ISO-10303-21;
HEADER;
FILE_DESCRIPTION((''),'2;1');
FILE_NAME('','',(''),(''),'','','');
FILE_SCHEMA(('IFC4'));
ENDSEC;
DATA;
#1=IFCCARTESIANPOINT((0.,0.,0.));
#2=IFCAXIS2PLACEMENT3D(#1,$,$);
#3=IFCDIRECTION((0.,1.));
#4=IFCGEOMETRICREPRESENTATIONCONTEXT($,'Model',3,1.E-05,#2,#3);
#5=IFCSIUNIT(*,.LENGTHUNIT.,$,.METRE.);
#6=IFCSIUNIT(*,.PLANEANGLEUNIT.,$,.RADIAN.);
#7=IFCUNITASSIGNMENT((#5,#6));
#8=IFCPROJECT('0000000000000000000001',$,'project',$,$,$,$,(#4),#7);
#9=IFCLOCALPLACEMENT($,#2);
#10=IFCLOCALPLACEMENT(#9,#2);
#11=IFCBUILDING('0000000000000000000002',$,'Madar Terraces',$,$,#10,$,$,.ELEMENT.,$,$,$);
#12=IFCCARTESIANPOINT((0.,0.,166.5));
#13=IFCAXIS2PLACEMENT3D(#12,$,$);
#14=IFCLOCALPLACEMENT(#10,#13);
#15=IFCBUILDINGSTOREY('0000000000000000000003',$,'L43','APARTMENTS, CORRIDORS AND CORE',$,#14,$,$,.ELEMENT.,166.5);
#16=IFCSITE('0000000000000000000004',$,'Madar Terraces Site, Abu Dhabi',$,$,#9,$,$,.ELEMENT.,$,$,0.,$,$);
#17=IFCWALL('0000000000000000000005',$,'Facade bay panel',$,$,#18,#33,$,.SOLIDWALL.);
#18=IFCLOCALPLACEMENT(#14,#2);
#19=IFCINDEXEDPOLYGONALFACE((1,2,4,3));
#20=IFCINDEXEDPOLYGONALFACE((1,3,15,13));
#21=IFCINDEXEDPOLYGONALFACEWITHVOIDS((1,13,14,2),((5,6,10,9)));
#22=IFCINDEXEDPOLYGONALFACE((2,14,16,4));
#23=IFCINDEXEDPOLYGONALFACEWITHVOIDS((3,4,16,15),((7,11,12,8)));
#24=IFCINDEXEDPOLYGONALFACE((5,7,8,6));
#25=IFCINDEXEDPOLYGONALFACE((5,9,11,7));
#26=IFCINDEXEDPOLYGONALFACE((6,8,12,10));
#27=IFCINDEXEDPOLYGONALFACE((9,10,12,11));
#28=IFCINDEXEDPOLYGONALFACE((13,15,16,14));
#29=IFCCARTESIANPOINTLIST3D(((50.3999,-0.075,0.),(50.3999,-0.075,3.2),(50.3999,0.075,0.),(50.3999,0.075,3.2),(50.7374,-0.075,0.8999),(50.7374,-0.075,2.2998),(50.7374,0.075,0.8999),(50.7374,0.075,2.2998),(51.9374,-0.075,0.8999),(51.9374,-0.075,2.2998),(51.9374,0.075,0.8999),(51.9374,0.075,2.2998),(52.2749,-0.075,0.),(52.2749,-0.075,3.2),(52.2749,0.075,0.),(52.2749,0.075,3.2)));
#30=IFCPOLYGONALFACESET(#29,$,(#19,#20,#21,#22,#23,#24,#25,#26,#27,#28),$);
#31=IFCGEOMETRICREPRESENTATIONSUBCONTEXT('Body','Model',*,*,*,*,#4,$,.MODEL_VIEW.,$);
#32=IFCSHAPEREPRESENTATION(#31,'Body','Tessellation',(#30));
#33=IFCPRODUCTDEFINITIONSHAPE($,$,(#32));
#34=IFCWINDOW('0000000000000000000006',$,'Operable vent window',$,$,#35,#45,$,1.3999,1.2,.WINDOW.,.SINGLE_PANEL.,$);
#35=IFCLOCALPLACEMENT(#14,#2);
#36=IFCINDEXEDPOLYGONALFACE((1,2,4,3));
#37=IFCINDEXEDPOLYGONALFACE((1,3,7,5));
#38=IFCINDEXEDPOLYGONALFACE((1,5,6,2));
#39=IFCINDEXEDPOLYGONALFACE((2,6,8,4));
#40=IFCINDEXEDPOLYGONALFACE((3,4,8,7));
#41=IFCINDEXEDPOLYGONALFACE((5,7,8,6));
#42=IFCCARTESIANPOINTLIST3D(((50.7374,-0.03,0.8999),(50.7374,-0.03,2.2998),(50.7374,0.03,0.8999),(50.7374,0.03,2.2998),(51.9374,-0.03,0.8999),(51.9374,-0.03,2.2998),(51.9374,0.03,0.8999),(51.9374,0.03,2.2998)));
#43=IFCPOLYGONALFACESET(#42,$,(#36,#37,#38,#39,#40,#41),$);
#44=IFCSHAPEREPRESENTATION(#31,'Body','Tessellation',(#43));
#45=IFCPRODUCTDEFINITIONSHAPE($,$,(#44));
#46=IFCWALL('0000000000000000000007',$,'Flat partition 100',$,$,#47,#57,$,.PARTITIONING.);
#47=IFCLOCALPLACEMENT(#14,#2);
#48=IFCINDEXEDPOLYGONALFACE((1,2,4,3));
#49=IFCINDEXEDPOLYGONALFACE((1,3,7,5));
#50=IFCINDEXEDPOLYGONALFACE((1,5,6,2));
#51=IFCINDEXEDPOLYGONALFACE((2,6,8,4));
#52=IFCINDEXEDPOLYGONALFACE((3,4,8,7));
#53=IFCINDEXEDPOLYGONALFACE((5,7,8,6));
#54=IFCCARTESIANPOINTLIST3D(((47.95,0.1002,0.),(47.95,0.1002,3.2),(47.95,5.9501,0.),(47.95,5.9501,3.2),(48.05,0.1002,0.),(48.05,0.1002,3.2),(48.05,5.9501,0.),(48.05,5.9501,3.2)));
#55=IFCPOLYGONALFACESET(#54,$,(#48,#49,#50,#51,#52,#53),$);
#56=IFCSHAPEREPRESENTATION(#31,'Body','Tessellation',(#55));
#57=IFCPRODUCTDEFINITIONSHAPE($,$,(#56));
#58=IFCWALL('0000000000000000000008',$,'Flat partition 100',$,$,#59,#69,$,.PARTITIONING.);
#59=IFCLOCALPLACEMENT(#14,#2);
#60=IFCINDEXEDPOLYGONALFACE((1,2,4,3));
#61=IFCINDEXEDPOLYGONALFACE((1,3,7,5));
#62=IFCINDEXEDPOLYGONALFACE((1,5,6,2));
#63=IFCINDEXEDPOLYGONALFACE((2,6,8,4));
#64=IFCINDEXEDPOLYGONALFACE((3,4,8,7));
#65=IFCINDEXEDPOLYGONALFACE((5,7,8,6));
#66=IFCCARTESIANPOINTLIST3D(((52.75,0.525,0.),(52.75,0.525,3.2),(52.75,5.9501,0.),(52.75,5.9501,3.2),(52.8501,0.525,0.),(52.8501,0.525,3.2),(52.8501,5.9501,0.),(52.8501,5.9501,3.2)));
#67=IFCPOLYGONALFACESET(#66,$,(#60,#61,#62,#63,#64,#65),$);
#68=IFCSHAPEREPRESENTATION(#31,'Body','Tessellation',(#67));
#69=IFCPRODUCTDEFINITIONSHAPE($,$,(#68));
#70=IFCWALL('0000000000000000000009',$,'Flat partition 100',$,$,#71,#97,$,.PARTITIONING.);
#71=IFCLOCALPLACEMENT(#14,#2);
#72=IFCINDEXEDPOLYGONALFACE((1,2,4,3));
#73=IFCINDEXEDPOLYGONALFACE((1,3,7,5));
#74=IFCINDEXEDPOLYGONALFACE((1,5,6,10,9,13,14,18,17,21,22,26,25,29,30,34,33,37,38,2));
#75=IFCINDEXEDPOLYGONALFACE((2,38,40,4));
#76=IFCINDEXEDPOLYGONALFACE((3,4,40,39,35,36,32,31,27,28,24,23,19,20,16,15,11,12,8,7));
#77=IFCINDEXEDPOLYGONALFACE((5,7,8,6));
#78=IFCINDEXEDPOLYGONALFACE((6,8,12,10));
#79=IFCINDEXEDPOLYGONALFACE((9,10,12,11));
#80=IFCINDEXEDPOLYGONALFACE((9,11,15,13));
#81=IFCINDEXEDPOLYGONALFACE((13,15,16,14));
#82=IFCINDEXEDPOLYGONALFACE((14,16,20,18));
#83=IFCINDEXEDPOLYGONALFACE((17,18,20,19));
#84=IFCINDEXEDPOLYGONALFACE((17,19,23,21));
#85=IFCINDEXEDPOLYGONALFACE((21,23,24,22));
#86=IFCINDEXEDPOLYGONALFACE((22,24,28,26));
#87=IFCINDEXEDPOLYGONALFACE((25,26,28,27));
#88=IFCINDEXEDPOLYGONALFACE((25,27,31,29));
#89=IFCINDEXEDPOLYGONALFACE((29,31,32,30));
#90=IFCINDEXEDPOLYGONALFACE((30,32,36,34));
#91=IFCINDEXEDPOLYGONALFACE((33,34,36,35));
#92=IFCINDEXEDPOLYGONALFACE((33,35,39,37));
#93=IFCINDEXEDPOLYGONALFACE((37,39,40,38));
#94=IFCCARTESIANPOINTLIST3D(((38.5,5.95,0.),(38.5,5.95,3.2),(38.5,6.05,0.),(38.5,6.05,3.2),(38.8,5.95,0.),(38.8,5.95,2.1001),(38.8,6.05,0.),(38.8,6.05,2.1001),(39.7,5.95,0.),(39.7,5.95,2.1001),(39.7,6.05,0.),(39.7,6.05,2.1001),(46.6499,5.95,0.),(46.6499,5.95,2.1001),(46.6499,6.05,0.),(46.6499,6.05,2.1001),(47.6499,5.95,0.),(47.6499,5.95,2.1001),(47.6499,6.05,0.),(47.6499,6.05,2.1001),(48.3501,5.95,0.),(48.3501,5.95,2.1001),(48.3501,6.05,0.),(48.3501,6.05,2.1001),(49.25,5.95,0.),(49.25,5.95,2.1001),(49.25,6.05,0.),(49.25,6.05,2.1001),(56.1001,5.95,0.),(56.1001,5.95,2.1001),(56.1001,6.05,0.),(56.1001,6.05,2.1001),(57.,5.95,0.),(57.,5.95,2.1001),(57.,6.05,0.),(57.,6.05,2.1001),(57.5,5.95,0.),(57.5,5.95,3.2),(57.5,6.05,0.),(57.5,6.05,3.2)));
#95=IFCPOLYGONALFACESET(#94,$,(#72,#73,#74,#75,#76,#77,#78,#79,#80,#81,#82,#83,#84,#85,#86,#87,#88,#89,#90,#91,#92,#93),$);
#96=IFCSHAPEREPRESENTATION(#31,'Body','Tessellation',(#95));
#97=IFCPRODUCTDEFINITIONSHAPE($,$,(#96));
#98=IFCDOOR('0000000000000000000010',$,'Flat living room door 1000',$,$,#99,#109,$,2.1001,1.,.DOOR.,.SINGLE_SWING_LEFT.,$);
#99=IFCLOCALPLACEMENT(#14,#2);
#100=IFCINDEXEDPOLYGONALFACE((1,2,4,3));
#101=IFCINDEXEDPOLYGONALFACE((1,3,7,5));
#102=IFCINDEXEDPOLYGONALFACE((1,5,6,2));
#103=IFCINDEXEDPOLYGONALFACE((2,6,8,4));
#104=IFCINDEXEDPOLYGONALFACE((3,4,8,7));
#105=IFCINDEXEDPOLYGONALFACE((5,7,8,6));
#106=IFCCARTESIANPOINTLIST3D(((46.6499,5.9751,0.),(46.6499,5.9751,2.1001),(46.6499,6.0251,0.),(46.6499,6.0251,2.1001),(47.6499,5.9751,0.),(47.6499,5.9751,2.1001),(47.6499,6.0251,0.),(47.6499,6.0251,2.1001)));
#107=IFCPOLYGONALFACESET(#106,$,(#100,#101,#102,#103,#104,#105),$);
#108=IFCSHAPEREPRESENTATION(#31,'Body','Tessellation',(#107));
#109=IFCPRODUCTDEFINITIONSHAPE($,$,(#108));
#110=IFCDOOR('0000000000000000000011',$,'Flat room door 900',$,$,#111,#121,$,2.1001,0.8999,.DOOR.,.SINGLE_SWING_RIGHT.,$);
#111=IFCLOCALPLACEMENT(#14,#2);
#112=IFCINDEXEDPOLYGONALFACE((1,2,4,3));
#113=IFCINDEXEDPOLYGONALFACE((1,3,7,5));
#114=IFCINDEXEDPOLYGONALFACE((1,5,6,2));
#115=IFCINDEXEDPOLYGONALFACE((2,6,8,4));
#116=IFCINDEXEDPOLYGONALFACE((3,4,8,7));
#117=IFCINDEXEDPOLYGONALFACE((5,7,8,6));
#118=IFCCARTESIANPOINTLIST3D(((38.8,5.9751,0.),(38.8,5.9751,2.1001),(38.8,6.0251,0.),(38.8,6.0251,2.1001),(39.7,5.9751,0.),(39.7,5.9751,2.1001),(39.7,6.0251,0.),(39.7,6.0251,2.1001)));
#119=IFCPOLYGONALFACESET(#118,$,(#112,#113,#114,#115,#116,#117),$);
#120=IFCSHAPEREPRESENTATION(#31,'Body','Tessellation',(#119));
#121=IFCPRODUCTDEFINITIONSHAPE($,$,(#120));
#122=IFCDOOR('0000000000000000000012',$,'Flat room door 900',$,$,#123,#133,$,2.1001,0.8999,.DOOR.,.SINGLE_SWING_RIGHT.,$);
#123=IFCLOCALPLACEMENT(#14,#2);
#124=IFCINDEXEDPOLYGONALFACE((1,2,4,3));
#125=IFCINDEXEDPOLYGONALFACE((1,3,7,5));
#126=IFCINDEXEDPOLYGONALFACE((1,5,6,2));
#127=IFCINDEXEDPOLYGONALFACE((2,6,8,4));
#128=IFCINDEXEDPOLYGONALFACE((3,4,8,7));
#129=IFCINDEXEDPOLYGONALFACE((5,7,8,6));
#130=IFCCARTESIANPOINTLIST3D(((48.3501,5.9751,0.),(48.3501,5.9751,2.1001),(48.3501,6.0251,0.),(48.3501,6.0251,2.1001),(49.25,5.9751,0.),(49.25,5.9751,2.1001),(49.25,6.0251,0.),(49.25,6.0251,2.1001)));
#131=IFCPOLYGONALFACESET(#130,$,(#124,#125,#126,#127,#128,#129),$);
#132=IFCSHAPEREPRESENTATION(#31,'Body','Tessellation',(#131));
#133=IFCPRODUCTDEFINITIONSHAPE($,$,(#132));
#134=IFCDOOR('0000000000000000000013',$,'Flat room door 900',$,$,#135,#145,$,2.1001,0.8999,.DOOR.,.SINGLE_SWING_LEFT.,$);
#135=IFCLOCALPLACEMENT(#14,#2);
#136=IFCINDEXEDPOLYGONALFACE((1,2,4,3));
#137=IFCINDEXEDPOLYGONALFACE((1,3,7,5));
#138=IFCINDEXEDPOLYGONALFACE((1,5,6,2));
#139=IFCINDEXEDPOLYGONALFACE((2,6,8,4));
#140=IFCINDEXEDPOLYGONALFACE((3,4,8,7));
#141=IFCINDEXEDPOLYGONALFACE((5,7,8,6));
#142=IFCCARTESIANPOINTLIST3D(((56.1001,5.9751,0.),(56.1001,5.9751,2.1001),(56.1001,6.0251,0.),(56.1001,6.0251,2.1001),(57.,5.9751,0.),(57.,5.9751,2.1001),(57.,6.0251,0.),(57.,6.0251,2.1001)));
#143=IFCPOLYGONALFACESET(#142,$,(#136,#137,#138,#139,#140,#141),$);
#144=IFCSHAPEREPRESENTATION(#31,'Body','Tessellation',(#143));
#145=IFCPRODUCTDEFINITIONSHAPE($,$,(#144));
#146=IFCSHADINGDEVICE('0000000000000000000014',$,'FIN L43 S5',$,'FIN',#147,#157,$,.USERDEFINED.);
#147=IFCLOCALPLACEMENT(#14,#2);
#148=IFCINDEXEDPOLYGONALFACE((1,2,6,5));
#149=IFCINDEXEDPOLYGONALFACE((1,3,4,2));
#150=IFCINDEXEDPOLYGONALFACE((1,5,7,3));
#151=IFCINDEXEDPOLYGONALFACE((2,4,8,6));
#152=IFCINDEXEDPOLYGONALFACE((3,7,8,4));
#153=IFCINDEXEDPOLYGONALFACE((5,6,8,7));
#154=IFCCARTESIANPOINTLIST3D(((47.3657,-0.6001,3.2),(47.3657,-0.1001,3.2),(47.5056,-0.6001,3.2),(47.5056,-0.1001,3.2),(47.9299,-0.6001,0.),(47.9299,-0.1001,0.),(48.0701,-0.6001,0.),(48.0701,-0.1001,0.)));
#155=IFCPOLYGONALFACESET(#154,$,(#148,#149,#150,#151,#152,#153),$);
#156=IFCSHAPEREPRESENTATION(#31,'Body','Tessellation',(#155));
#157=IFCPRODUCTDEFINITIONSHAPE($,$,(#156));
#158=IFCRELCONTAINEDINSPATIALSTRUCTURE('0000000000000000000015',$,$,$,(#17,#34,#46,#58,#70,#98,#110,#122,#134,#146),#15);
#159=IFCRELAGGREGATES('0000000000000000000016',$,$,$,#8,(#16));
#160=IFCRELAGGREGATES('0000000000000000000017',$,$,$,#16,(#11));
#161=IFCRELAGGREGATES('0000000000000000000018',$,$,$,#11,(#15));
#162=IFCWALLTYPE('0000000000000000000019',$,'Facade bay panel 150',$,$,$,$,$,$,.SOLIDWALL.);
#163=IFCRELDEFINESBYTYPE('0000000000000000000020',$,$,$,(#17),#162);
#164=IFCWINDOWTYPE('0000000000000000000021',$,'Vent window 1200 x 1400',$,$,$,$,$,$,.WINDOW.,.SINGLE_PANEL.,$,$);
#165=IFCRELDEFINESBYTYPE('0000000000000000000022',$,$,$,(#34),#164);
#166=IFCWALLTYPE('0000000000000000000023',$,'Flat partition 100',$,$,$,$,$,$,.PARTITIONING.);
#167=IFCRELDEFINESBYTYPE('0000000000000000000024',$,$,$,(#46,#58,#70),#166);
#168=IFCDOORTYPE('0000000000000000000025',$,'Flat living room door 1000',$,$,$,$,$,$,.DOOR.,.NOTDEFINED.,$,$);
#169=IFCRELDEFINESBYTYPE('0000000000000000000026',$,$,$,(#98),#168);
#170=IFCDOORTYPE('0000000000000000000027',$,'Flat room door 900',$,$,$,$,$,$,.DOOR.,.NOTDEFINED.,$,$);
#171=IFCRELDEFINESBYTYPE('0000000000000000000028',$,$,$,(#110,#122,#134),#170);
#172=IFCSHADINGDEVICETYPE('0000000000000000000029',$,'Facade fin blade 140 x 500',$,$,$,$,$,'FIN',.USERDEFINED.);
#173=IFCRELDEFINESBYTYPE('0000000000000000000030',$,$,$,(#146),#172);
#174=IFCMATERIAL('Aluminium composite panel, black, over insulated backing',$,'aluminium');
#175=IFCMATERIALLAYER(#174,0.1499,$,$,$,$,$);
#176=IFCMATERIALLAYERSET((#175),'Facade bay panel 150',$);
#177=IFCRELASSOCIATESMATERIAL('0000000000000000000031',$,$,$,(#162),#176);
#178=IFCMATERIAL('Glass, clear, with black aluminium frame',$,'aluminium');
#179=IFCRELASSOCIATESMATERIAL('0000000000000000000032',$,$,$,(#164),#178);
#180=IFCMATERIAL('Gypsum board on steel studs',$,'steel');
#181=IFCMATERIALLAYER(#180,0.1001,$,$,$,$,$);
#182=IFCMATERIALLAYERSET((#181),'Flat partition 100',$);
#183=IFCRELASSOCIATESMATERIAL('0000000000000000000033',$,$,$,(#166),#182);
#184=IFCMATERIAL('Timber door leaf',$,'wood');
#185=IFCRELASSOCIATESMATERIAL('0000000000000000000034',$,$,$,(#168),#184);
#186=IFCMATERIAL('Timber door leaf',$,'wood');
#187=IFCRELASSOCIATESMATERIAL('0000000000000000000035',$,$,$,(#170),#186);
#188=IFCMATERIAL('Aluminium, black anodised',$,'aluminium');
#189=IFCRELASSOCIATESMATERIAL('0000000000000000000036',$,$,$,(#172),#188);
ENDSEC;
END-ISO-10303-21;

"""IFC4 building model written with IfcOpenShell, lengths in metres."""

from ifc_helpers import new_model, si_unit, direction, frame, frame_2d, origin, place, context, subcontext, project, spatial, polyline, rectangle, outline, extrude, material, layer, layer_set, type_object, element, fill, save


model = new_model("IFC4")

# Units and contexts
model_context = context("Model", 3, precision=1e-05, world=origin(), true_north=direction((0.0, 1.0)))
body_context = subcontext(model_context, "Body", "Model", "MODEL_VIEW")
ifc_project = project(units=[si_unit("LENGTHUNIT", "METRE"), si_unit("PLANEANGLEUNIT", "RADIAN")], contexts=[model_context])

# Site, building, storey
site_placement = place(None, origin())
site = spatial("IfcSite", under=ifc_project, at=site_placement, Name="Madar Terraces Site, Abu Dhabi", CompositionType="ELEMENT", RefElevation=0.0)
building_placement = place(site_placement, origin())
building = spatial("IfcBuilding", under=site, at=building_placement, Name="Madar Terraces", CompositionType="ELEMENT")
storey_placement = place(building_placement, frame((0.0, 0.0, 166.5)))
storey = spatial("IfcBuildingStorey", under=building, at=storey_placement, Name="L43", Description="APARTMENTS, CORRIDORS AND CORE", CompositionType="ELEMENT", Elevation=166.5)

# Wall, opening, window
ifc_material_1 = material(Name="Aluminium composite panel, black, over insulated backing", Category="aluminium")
ifc_layer_1 = layer(ifc_material_1, 0.1499)
ifc_layer_set_1 = layer_set([ifc_layer_1], Name="Facade bay panel 150")
wall_type_1 = type_object("IfcWallType", Name="Facade bay panel 150", PredefinedType="SOLIDWALL", material=ifc_layer_set_1)
wall_1_placement = place(storey_placement, frame((50.3999, 0.0, 0.0), z_axis=(0.0, 0.0, 1.0), x_axis=(1.0, 0.0, 0.0)))
wall_1 = element("IfcWall", 1, at=wall_1_placement, inside=storey, type_object=wall_type_1, Name="Facade bay panel", PredefinedType="SOLIDWALL", context=body_context, shape_type="SweptSolid", body=[
    extrude(rectangle(XDim=1.875, YDim=0.1499, at=frame_2d((0.9375, 0.0))), origin(), (0.0, 0.0, 1.0), 3.2),
])
opening_1_placement = place(wall_1_placement, frame((0.3374, 0.0, 0.8999)))
opening_1 = element("IfcOpeningElement", 2, at=opening_1_placement, cuts=wall_1, PredefinedType="OPENING", context=body_context, shape_type="SweptSolid", body=[
    extrude(rectangle(XDim=1.2, YDim=1.3999, at=frame_2d((0.6001, 0.7))), frame((0.0, 0.085, 0.0), z_axis=(0.0, -1.0, 0.0), x_axis=(1.0, 0.0, 0.0)), (0.0, 0.0, 1.0), 0.1699),
])
ifc_material_2 = material(Name="Glass, clear, with black aluminium frame", Category="aluminium")
window_type = type_object("IfcWindowType", Name="Vent window 1200 x 1400", PartitioningType="SINGLE_PANEL", PredefinedType="WINDOW", material=ifc_material_2)
window_placement = place(opening_1_placement, origin())
window = element("IfcWindow", 3, at=window_placement, inside=storey, type_object=window_type, Name="Operable vent window", OverallHeight=1.3999, OverallWidth=1.2, PartitioningType="SINGLE_PANEL", PredefinedType="WINDOW", context=body_context, shape_type="SweptSolid", body=[
    extrude(rectangle(XDim=1.2, YDim=1.3999, at=frame_2d((0.6001, 0.7))), frame((0.0, 0.03, 0.0), z_axis=(0.0, -1.0, 0.0), x_axis=(1.0, 0.0, 0.0)), (0.0, 0.0, 1.0), 0.0601),
])
fill(opening_1, window)

# Walls
ifc_material_3 = material(Name="Gypsum board on steel studs", Category="steel")
ifc_layer_2 = layer(ifc_material_3, 0.1001)
ifc_layer_set_2 = layer_set([ifc_layer_2], Name="Flat partition 100")
wall_type_2 = type_object("IfcWallType", Name="Flat partition 100", PredefinedType="PARTITIONING", material=ifc_layer_set_2)
wall_2_placement = place(storey_placement, frame((48.0, 5.95, 0.0), z_axis=(0.0, 0.0, 1.0), x_axis=(0.0, -1.0, 0.0)))
element("IfcWall", 4, at=wall_2_placement, inside=storey, type_object=wall_type_2, Name="Flat partition 100", PredefinedType="PARTITIONING", context=body_context, shape_type="SweptSolid", body=[
    extrude(rectangle(XDim=5.8499, YDim=0.1001, at=frame_2d((2.9248, 0.0))), origin(), (0.0, 0.0, 1.0), 3.2),
])
wall_3_placement = place(storey_placement, frame((52.8, 5.95, 0.0), z_axis=(0.0, 0.0, 1.0), x_axis=(0.0, -1.0, 0.0)))
element("IfcWall", 5, at=wall_3_placement, inside=storey, type_object=wall_type_2, Name="Flat partition 100", PredefinedType="PARTITIONING", context=body_context, shape_type="SweptSolid", body=[
    extrude(rectangle(XDim=5.425, YDim=0.1001, at=frame_2d((2.7124, 0.0))), origin(), (0.0, 0.0, 1.0), 3.2),
])

# Wall, openings, doors
wall_4_placement = place(storey_placement, frame((57.5, 6.0, 0.0), z_axis=(0.0, 0.0, 1.0), x_axis=(-1.0, 0.0, 0.0)))
wall_4 = element("IfcWall", 6, at=wall_4_placement, inside=storey, type_object=wall_type_2, Name="Flat partition 100", PredefinedType="PARTITIONING", context=body_context, shape_type="SweptSolid", body=[
    extrude(rectangle(XDim=19.0, YDim=0.1001, at=frame_2d((9.5, 0.0))), origin(), (0.0, 0.0, 1.0), 3.2),
])
opening_2_placement = place(wall_4_placement, frame((17.8, 0.0, 0.0)))
opening_2 = element("IfcOpeningElement", 7, at=opening_2_placement, cuts=wall_4, PredefinedType="OPENING", context=body_context, shape_type="SweptSolid", body=[
    extrude(rectangle(XDim=0.8999, YDim=2.1001, at=frame_2d((0.45, 1.05))), frame((0.0, 0.0601, 0.0), z_axis=(0.0, -1.0, 0.0), x_axis=(1.0, 0.0, 0.0)), (0.0, 0.0, 1.0), 0.1201),
])
opening_3_placement = place(wall_4_placement, frame((9.8501, 0.0, 0.0)))
opening_3 = element("IfcOpeningElement", 8, at=opening_3_placement, cuts=wall_4, PredefinedType="OPENING", context=body_context, shape_type="SweptSolid", body=[
    extrude(rectangle(XDim=1.0, YDim=2.1001, at=frame_2d((0.5, 1.05))), frame((0.0, 0.0601, 0.0), z_axis=(0.0, -1.0, 0.0), x_axis=(1.0, 0.0, 0.0)), (0.0, 0.0, 1.0), 0.1201),
])
opening_4_placement = place(wall_4_placement, frame((8.25, 0.0, 0.0)))
opening_4 = element("IfcOpeningElement", 9, at=opening_4_placement, cuts=wall_4, PredefinedType="OPENING", context=body_context, shape_type="SweptSolid", body=[
    extrude(rectangle(XDim=0.8999, YDim=2.1001, at=frame_2d((0.45, 1.05))), frame((0.0, 0.0601, 0.0), z_axis=(0.0, -1.0, 0.0), x_axis=(1.0, 0.0, 0.0)), (0.0, 0.0, 1.0), 0.1201),
])
opening_5_placement = place(wall_4_placement, frame((0.5, 0.0, 0.0)))
opening_5 = element("IfcOpeningElement", 10, at=opening_5_placement, cuts=wall_4, PredefinedType="OPENING", context=body_context, shape_type="SweptSolid", body=[
    extrude(rectangle(XDim=0.8999, YDim=2.1001, at=frame_2d((0.45, 1.05))), frame((0.0, 0.0601, 0.0), z_axis=(0.0, -1.0, 0.0), x_axis=(1.0, 0.0, 0.0)), (0.0, 0.0, 1.0), 0.1201),
])
ifc_material_4 = material(Name="Timber door leaf", Category="wood")
door_type_1 = type_object("IfcDoorType", Name="Flat living room door 1000", OperationType="NOTDEFINED", PredefinedType="DOOR", material=ifc_material_4)
door_1_placement = place(opening_3_placement, origin())
door_1 = element("IfcDoor", 11, at=door_1_placement, inside=storey, type_object=door_type_1, Name="Flat living room door 1000", OperationType="SINGLE_SWING_LEFT", OverallHeight=2.1001, OverallWidth=1.0, PredefinedType="DOOR", context=body_context, shape_type="SweptSolid", body=[
    extrude(rectangle(XDim=1.0, YDim=2.1001, at=frame_2d((0.5, 1.05))), frame((0.0, 0.0249, 0.0), z_axis=(0.0, -1.0, 0.0), x_axis=(1.0, 0.0, 0.0)), (0.0, 0.0, 1.0), 0.05),
])
fill(opening_3, door_1)
ifc_material_5 = material(Name="Timber door leaf", Category="wood")
door_type_2 = type_object("IfcDoorType", Name="Flat room door 900", OperationType="NOTDEFINED", PredefinedType="DOOR", material=ifc_material_5)
door_2_placement = place(opening_2_placement, origin())
door_2 = element("IfcDoor", 12, at=door_2_placement, inside=storey, type_object=door_type_2, Name="Flat room door 900", OperationType="SINGLE_SWING_RIGHT", OverallHeight=2.1001, OverallWidth=0.8999, PredefinedType="DOOR", context=body_context, shape_type="SweptSolid", body=[
    extrude(rectangle(XDim=0.8999, YDim=2.1001, at=frame_2d((0.45, 1.05))), frame((0.0, 0.0249, 0.0), z_axis=(0.0, -1.0, 0.0), x_axis=(1.0, 0.0, 0.0)), (0.0, 0.0, 1.0), 0.05),
])
fill(opening_2, door_2)
door_3_placement = place(opening_4_placement, origin())
door_3 = element("IfcDoor", 13, at=door_3_placement, inside=storey, type_object=door_type_2, Name="Flat room door 900", OperationType="SINGLE_SWING_RIGHT", OverallHeight=2.1001, OverallWidth=0.8999, PredefinedType="DOOR", context=body_context, shape_type="SweptSolid", body=[
    extrude(rectangle(XDim=0.8999, YDim=2.1001, at=frame_2d((0.45, 1.05))), frame((0.0, 0.0249, 0.0), z_axis=(0.0, -1.0, 0.0), x_axis=(1.0, 0.0, 0.0)), (0.0, 0.0, 1.0), 0.05),
])
fill(opening_4, door_3)
door_4_placement = place(opening_5_placement, origin())
door_4 = element("IfcDoor", 14, at=door_4_placement, inside=storey, type_object=door_type_2, Name="Flat room door 900", OperationType="SINGLE_SWING_LEFT", OverallHeight=2.1001, OverallWidth=0.8999, PredefinedType="DOOR", context=body_context, shape_type="SweptSolid", body=[
    extrude(rectangle(XDim=0.8999, YDim=2.1001, at=frame_2d((0.45, 1.05))), frame((0.0, 0.0249, 0.0), z_axis=(0.0, -1.0, 0.0), x_axis=(1.0, 0.0, 0.0)), (0.0, 0.0, 1.0), 0.05),
])
fill(opening_5, door_4)

# Shading device
ifc_material_6 = material(Name="Aluminium, black anodised", Category="aluminium")
shading_device_type = type_object("IfcShadingDeviceType", Name="Facade fin blade 140 x 500", ElementType="FIN", PredefinedType="USERDEFINED", material=ifc_material_6)
shading_device_1_placement = place(storey_placement, frame((47.9299, -0.3501, 0.0), z_axis=(0.0, 0.0, 1.0), x_axis=(1.0, 0.0, 0.0)))
element("IfcShadingDevice", 15, at=shading_device_1_placement, inside=storey, type_object=shading_device_type, Name="FIN L43 S5", ObjectType="FIN", PredefinedType="USERDEFINED", context=body_context, shape_type="SweptSolid", body=[
    extrude(outline(polyline([(0.0, 0.0), (0.1401, 0.0), (-0.4243, 3.2), (-0.5642, 3.2), (0.0, 0.0)])), frame((0.0, 0.25, 0.0), z_axis=(0.0, -1.0, 0.0), x_axis=(1.0, 0.0, 0.0)), (0.0, 0.0, 1.0), 0.5),
])

save(model, "model.ifc")
